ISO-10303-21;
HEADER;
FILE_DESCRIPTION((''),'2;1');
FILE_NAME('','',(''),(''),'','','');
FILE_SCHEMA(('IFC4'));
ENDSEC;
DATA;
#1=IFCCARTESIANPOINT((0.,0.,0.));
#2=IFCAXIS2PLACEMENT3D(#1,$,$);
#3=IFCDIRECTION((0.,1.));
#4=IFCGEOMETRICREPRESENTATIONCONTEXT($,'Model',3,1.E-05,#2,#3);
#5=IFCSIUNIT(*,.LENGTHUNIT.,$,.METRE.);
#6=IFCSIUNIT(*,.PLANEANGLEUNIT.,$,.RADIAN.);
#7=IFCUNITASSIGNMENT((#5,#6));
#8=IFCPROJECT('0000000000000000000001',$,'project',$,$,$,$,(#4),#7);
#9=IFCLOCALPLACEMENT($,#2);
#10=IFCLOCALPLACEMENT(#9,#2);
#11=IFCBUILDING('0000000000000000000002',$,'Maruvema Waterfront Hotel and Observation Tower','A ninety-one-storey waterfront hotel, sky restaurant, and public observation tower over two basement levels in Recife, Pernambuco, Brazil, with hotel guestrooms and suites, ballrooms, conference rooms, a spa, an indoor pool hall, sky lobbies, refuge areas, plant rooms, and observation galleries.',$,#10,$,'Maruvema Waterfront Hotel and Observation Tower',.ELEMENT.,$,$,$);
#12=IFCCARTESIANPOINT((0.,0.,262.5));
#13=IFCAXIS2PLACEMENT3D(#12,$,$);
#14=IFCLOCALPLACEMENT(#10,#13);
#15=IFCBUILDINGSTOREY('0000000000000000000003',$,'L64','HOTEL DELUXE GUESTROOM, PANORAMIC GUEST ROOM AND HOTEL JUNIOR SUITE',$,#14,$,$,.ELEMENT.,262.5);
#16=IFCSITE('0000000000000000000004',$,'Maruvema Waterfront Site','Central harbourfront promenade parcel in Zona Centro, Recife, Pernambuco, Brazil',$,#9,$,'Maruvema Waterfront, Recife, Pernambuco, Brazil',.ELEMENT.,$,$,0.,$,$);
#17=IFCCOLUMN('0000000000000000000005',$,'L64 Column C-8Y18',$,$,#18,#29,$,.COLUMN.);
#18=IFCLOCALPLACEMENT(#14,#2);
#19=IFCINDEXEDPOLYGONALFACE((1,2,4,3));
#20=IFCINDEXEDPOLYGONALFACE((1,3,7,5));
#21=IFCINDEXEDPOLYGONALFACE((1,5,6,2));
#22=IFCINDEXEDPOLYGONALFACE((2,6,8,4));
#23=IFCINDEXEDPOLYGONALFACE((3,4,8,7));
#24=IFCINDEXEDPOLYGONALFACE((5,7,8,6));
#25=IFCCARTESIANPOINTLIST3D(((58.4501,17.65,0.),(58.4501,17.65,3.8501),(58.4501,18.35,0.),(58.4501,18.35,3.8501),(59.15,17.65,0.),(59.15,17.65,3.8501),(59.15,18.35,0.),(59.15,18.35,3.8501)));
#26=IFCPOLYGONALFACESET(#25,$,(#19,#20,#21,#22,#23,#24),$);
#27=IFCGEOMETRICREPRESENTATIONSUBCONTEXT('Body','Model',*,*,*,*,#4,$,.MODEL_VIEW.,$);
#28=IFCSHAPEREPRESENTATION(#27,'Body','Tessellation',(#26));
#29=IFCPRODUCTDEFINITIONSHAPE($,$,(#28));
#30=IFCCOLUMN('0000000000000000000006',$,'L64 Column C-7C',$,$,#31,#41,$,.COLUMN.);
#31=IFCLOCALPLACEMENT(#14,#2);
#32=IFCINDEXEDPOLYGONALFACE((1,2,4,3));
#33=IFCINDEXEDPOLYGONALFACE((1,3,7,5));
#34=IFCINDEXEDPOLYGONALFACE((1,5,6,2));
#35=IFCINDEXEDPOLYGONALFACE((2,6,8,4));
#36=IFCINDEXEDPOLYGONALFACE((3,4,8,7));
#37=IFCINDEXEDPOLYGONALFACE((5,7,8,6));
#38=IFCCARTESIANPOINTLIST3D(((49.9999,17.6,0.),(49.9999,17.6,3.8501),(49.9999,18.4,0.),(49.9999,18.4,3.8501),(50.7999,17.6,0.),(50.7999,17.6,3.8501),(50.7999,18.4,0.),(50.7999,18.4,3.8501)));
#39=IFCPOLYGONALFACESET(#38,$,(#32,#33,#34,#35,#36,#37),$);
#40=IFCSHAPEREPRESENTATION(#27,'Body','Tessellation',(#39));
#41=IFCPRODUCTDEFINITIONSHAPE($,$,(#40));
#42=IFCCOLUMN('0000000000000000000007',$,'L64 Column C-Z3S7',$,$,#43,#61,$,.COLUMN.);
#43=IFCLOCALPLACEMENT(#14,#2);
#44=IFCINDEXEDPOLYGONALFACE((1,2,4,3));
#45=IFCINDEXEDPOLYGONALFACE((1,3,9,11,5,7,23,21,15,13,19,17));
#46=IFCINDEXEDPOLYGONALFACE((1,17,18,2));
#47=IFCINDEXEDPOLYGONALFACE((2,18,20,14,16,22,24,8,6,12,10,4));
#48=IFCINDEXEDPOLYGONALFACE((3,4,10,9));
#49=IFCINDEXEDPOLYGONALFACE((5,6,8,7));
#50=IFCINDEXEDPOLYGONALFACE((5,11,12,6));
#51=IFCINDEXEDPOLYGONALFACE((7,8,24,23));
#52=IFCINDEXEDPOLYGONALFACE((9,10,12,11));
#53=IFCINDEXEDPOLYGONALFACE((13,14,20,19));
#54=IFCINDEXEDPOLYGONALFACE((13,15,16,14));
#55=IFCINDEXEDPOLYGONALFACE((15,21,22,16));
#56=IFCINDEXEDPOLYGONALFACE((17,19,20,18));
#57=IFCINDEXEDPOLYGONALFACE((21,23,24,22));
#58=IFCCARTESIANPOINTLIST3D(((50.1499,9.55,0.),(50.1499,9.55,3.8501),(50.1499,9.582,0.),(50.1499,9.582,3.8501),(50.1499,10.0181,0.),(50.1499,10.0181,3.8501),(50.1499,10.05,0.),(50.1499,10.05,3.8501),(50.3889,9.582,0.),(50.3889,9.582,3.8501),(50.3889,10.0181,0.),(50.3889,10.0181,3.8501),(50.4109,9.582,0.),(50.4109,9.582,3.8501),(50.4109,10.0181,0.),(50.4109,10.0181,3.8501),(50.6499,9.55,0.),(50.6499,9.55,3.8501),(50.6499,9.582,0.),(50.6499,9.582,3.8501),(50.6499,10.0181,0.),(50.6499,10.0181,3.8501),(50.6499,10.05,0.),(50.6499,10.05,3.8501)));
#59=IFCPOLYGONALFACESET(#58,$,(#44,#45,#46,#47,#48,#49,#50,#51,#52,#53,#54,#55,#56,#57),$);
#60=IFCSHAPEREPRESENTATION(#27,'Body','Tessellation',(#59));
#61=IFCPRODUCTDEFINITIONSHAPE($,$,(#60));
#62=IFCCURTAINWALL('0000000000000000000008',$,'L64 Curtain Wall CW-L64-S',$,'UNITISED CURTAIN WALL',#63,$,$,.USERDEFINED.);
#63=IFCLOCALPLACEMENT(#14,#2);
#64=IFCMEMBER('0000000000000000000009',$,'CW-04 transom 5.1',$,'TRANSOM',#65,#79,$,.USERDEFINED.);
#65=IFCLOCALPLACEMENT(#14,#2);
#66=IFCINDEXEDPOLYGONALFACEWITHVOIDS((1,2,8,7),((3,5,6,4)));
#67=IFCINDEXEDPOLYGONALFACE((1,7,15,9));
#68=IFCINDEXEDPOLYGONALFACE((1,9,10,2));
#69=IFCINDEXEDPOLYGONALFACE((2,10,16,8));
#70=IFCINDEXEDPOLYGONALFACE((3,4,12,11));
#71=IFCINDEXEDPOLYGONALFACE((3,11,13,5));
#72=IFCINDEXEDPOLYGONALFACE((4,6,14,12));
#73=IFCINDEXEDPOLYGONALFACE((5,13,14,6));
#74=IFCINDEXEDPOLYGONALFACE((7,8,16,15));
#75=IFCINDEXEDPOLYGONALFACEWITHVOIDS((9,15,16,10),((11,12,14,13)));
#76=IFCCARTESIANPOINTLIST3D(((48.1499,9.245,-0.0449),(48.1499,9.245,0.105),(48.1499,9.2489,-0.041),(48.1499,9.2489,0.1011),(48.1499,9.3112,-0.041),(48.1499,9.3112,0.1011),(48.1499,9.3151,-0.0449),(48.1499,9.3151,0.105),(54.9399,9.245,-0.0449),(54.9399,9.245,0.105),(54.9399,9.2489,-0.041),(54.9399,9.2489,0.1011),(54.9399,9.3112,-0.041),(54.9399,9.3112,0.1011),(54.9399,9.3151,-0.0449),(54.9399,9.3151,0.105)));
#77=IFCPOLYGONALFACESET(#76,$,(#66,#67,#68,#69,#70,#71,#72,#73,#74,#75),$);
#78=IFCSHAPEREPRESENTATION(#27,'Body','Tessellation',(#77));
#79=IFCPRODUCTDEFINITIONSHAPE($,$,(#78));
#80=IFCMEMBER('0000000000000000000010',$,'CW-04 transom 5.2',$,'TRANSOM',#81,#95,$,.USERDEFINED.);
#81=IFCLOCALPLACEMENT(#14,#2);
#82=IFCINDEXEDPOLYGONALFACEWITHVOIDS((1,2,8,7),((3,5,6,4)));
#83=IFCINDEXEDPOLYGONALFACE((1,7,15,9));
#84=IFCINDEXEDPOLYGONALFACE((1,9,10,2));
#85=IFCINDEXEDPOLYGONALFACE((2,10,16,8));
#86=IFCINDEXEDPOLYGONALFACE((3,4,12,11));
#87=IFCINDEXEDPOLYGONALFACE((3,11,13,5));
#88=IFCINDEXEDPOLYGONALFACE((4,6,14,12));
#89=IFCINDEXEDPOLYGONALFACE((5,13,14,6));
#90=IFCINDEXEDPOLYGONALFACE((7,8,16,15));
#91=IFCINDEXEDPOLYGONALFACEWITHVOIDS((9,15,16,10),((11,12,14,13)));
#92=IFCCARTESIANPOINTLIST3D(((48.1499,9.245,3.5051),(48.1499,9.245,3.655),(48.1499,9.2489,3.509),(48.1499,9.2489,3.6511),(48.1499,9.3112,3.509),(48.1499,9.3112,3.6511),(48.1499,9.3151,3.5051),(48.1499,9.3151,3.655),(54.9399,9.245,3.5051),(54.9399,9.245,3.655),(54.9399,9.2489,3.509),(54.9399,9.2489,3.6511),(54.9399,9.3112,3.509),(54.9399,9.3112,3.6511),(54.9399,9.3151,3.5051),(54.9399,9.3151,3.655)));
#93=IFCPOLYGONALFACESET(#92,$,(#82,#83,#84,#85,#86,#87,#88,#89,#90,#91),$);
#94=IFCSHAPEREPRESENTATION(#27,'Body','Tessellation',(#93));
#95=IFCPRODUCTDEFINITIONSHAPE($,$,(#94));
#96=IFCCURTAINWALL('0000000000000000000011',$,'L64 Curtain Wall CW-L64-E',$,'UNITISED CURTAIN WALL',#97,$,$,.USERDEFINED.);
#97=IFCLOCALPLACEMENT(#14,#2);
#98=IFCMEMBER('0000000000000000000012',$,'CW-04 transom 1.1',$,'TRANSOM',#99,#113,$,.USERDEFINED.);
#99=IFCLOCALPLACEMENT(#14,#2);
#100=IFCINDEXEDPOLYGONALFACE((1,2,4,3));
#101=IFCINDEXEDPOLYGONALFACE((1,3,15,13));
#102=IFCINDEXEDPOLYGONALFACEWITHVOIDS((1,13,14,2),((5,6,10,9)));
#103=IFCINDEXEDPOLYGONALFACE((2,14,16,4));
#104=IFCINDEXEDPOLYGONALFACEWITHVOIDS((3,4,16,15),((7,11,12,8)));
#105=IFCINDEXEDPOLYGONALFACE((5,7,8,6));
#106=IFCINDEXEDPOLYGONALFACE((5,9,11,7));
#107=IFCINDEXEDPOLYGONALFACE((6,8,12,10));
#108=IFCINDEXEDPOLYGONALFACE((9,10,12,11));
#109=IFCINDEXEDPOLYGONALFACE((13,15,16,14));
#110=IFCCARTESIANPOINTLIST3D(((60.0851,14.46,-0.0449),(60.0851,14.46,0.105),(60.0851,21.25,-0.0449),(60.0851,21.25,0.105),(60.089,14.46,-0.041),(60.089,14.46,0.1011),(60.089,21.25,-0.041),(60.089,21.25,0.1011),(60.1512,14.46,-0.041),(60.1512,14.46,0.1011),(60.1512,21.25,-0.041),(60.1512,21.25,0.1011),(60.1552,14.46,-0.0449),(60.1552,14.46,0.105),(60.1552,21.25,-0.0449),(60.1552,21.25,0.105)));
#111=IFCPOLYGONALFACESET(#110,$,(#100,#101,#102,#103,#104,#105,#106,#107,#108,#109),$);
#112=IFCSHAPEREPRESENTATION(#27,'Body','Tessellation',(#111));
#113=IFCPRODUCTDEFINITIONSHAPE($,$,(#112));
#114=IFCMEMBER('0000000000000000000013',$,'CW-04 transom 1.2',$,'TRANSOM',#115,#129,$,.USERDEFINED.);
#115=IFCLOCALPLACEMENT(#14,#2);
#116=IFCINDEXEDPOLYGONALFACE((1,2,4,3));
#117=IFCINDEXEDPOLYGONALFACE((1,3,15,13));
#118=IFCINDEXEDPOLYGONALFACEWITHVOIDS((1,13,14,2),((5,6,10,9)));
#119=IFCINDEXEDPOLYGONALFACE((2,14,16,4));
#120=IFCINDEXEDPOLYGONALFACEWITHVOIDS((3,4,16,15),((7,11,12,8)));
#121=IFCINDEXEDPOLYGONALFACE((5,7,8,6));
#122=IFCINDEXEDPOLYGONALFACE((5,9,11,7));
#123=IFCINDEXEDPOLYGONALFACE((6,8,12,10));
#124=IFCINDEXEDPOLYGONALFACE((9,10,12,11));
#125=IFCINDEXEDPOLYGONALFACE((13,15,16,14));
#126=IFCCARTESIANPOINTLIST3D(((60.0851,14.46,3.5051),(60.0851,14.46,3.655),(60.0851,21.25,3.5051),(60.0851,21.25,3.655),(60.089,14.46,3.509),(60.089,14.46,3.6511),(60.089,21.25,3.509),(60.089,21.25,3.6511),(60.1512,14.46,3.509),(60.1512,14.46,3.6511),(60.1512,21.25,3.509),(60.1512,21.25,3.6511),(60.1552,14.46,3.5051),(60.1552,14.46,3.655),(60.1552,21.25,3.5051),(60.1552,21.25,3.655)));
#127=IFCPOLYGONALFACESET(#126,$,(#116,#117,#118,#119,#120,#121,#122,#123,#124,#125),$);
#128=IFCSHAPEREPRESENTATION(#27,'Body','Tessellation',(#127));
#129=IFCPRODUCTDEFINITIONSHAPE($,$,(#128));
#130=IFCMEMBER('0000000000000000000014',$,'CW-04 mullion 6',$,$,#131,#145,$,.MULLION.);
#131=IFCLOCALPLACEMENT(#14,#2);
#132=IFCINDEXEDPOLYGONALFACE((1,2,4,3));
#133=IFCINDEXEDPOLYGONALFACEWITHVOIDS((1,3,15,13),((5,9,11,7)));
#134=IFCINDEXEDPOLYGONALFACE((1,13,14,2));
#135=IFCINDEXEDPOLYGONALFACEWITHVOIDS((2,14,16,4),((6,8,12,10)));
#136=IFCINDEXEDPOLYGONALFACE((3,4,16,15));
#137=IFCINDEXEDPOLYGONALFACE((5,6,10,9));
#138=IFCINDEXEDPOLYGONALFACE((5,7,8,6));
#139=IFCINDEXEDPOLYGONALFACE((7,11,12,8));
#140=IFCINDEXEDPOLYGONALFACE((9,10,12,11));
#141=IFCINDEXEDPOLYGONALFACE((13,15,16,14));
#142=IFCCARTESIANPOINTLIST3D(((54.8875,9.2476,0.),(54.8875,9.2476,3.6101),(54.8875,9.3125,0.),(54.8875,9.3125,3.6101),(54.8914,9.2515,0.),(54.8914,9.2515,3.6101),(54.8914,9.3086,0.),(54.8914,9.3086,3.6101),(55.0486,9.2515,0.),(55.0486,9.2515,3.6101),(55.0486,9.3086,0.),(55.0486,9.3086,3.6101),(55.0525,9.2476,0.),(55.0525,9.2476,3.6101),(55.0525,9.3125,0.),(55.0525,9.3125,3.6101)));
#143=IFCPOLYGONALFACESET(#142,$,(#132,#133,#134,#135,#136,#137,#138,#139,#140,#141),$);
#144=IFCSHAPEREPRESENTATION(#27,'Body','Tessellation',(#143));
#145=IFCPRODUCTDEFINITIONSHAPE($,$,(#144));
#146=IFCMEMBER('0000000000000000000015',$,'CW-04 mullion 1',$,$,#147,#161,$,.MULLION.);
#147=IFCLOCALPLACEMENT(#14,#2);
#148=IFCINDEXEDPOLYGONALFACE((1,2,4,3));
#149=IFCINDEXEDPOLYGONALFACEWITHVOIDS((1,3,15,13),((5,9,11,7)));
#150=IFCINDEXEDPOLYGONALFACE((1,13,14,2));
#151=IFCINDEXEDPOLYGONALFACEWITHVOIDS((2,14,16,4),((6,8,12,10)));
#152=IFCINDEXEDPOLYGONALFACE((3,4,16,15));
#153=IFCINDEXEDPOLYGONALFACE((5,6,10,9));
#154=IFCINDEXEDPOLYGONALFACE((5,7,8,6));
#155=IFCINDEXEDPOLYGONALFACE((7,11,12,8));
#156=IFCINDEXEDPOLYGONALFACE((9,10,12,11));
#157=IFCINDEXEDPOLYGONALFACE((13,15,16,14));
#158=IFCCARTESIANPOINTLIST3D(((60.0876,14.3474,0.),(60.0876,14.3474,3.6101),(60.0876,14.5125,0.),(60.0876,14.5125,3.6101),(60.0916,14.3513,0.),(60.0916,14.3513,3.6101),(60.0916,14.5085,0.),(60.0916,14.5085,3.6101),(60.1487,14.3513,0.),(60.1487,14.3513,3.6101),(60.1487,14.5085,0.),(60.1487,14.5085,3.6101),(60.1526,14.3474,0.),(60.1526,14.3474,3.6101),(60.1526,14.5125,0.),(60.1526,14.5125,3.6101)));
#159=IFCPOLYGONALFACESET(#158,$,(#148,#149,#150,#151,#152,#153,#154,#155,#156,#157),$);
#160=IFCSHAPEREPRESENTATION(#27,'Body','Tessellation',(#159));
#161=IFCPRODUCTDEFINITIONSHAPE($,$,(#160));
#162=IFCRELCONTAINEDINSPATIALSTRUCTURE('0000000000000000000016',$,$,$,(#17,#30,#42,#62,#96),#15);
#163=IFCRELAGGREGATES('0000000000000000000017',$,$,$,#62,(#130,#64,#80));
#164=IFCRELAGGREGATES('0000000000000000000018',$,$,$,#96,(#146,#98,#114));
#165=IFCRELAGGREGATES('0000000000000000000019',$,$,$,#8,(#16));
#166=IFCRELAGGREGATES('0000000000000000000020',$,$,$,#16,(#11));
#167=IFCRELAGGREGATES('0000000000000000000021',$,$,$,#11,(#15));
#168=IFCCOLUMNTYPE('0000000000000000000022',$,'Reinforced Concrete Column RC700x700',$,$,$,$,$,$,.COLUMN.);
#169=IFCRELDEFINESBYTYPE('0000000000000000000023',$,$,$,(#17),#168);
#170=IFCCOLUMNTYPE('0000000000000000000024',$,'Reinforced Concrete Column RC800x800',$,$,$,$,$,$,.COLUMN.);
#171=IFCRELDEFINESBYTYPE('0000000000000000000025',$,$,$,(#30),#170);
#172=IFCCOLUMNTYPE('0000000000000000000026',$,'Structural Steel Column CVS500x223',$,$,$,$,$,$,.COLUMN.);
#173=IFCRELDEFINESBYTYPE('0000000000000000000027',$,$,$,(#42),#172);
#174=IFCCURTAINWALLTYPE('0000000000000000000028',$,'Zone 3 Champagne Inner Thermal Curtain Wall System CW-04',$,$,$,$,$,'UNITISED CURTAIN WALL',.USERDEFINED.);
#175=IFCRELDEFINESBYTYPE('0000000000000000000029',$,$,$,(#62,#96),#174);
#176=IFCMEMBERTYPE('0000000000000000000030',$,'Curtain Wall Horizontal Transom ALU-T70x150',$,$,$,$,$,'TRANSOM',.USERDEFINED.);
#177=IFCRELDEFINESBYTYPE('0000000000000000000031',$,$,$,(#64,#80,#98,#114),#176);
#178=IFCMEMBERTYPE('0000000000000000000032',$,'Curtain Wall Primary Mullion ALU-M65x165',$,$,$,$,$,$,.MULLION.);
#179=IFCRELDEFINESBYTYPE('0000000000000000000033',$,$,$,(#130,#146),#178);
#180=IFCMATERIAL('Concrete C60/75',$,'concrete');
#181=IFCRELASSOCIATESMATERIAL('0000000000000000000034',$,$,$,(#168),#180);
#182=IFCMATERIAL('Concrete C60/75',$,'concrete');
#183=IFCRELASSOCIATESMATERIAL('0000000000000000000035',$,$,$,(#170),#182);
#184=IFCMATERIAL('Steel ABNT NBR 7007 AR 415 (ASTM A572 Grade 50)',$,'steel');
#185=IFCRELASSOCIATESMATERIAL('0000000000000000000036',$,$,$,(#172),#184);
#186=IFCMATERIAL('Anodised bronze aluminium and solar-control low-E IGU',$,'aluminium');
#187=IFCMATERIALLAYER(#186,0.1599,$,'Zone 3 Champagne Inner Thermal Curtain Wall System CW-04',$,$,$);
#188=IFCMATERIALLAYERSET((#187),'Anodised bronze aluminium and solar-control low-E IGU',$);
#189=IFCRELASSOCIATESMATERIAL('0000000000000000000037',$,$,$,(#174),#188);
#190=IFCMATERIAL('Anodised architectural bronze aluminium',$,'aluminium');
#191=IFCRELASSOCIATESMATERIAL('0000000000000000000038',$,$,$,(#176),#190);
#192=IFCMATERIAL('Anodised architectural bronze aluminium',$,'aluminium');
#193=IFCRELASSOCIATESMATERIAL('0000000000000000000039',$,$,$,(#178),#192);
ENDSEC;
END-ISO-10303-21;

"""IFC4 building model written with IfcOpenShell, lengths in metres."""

from ifc_helpers import new_model, si_unit, direction, frame, origin, origin_2d, place, context, subcontext, project, spatial, rectangle, hollow_rectangle, i_section, extrude, material, layer, layer_set, material_profile, profile_set, type_object, element, aggregate, save


model = new_model("IFC4")

# Units and contexts
model_context = context("Model", 3, precision=1e-05, world=origin(), true_north=direction((0.0, 1.0)))
body_context = subcontext(model_context, "Body", "Model", "MODEL_VIEW")
ifc_project = project(units=[si_unit("LENGTHUNIT", "METRE"), si_unit("PLANEANGLEUNIT", "RADIAN")], contexts=[model_context])

# Site, building, storey
site_placement = place(None, origin())
site = spatial("IfcSite", under=ifc_project, at=site_placement, Name="Maruvema Waterfront Site", Description="Central harbourfront promenade parcel in Zona Centro, Recife, Pernambuco, Brazil", LongName="Maruvema Waterfront, Recife, Pernambuco, Brazil", CompositionType="ELEMENT", RefElevation=0.0)
building_placement = place(site_placement, origin())
building = spatial("IfcBuilding", under=site, at=building_placement, Name="Maruvema Waterfront Hotel and Observation Tower", Description="A ninety-one-storey waterfront hotel, sky restaurant, and public observation tower over two basement levels in Recife, Pernambuco, Brazil, with hotel guestrooms and suites, ballrooms, conference rooms, a spa, an indoor pool hall, sky lobbies, refuge areas, plant rooms, and observation galleries.", LongName="Maruvema Waterfront Hotel and Observation Tower", CompositionType="ELEMENT")
storey_placement = place(building_placement, frame((0.0, 0.0, 262.5)))
storey = spatial("IfcBuildingStorey", under=building, at=storey_placement, Name="L64", Description="HOTEL DELUXE GUESTROOM, PANORAMIC GUEST ROOM AND HOTEL JUNIOR SUITE", CompositionType="ELEMENT", Elevation=262.5)

# Columns
ifc_material_1 = material(Name="Concrete C60/75", Category="concrete")
ifc_material_profile_1 = material_profile(ifc_material_1, rectangle(XDim=0.7, YDim=0.7, at=origin_2d()), Name="RC700x700")
ifc_profile_set_1 = profile_set([ifc_material_profile_1], Name="Concrete C60/75")
column_type_1 = type_object("IfcColumnType", Name="Reinforced Concrete Column RC700x700", PredefinedType="COLUMN", material=ifc_profile_set_1)
column_1_placement = place(storey_placement, frame((58.8, 18.0, 0.0), z_axis=(0.0, 0.0, 1.0), x_axis=(1.0, 0.0, 0.0)))
element("IfcColumn", 1, at=column_1_placement, inside=storey, type_object=column_type_1, Name="L64 Column C-8Y18", PredefinedType="COLUMN", context=body_context, shape_type="SweptSolid", body=[
    extrude(rectangle(XDim=0.7, YDim=0.7, at=origin_2d()), origin(), (0.0, 0.0, 1.0), 3.8501),
])
ifc_material_2 = material(Name="Concrete C60/75", Category="concrete")
ifc_material_profile_2 = material_profile(ifc_material_2, rectangle(XDim=0.8, YDim=0.8, at=origin_2d()), Name="RC800x800")
ifc_profile_set_2 = profile_set([ifc_material_profile_2], Name="Concrete C60/75")
column_type_2 = type_object("IfcColumnType", Name="Reinforced Concrete Column RC800x800", PredefinedType="COLUMN", material=ifc_profile_set_2)
column_2_placement = place(storey_placement, frame((50.3999, 18.0, 0.0), z_axis=(0.0, 0.0, 1.0), x_axis=(1.0, 0.0, 0.0)))
element("IfcColumn", 2, at=column_2_placement, inside=storey, type_object=column_type_2, Name="L64 Column C-7C", PredefinedType="COLUMN", context=body_context, shape_type="SweptSolid", body=[
    extrude(rectangle(XDim=0.8, YDim=0.8, at=origin_2d()), origin(), (0.0, 0.0, 1.0), 3.8501),
])
ifc_material_3 = material(Name="Steel ABNT NBR 7007 AR 415 (ASTM A572 Grade 50)", Category="steel")
ifc_material_profile_3 = material_profile(ifc_material_3, i_section(OverallWidth=0.5, OverallDepth=0.5, WebThickness=0.022, FlangeThickness=0.032, at=origin_2d()), Name="CVS500x223")
ifc_profile_set_3 = profile_set([ifc_material_profile_3], Name="Steel ABNT NBR 7007 AR 415 (ASTM A572 Grade 50)")
column_type_3 = type_object("IfcColumnType", Name="Structural Steel Column CVS500x223", PredefinedType="COLUMN", material=ifc_profile_set_3)
column_3_placement = place(storey_placement, frame((50.3999, 9.8, 0.0), z_axis=(0.0, 0.0, 1.0), x_axis=(1.0, 0.0, 0.0)))
element("IfcColumn", 3, at=column_3_placement, inside=storey, type_object=column_type_3, Name="L64 Column C-Z3S7", PredefinedType="COLUMN", context=body_context, shape_type="SweptSolid", body=[
    extrude(i_section(OverallWidth=0.5, OverallDepth=0.5, WebThickness=0.022, FlangeThickness=0.032, at=origin_2d()), origin(), (0.0, 0.0, 1.0), 3.8501),
])

# Curtain walls, members
ifc_material_4 = material(Name="Anodised bronze aluminium and solar-control low-E IGU", Category="aluminium")
ifc_layer_1 = layer(ifc_material_4, 0.1599, Name="Zone 3 Champagne Inner Thermal Curtain Wall System CW-04")
ifc_layer_set_1 = layer_set([ifc_layer_1], Name="Anodised bronze aluminium and solar-control low-E IGU")
curtain_wall_type = type_object("IfcCurtainWallType", Name="Zone 3 Champagne Inner Thermal Curtain Wall System CW-04", ElementType="UNITISED CURTAIN WALL", PredefinedType="USERDEFINED", material=ifc_layer_set_1)
curtain_wall_1_placement = place(storey_placement, origin())
curtain_wall_1 = element("IfcCurtainWall", 4, at=curtain_wall_1_placement, inside=storey, type_object=curtain_wall_type, Name="L64 Curtain Wall CW-L64-S", ObjectType="UNITISED CURTAIN WALL", PredefinedType="USERDEFINED")
ifc_material_5 = material(Name="Anodised architectural bronze aluminium", Category="aluminium")
ifc_material_profile_4 = material_profile(ifc_material_5, hollow_rectangle(XDim=0.0701, YDim=0.1499, WallThickness=0.0039, at=origin_2d()), Name="ALU-T70x150")
ifc_profile_set_4 = profile_set([ifc_material_profile_4], Name="Anodised architectural bronze aluminium")
member_type_1 = type_object("IfcMemberType", Name="Curtain Wall Horizontal Transom ALU-T70x150", ElementType="TRANSOM", PredefinedType="USERDEFINED", material=ifc_profile_set_4)
member_1_placement = place(storey_placement, frame((48.1499, 9.28, 0.03), z_axis=(1.0, 0.0, 0.0), x_axis=(0.0, 1.0, 0.0)))
member_1 = element("IfcMember", 5, at=member_1_placement, type_object=member_type_1, Name="CW-04 transom 5.1", ObjectType="TRANSOM", PredefinedType="USERDEFINED", context=body_context, shape_type="SweptSolid", body=[
    extrude(hollow_rectangle(XDim=0.0701, YDim=0.1499, WallThickness=0.0039, at=origin_2d()), origin(), (0.0, 0.0, 1.0), 6.79),
])
member_2_placement = place(storey_placement, frame((48.1499, 9.28, 3.5801), z_axis=(1.0, 0.0, 0.0), x_axis=(0.0, 1.0, 0.0)))
member_2 = element("IfcMember", 6, at=member_2_placement, type_object=member_type_1, Name="CW-04 transom 5.2", ObjectType="TRANSOM", PredefinedType="USERDEFINED", context=body_context, shape_type="SweptSolid", body=[
    extrude(hollow_rectangle(XDim=0.0701, YDim=0.1499, WallThickness=0.0039, at=origin_2d()), origin(), (0.0, 0.0, 1.0), 6.79),
])
curtain_wall_2_placement = place(storey_placement, origin())
curtain_wall_2 = element("IfcCurtainWall", 7, at=curtain_wall_2_placement, inside=storey, type_object=curtain_wall_type, Name="L64 Curtain Wall CW-L64-E", ObjectType="UNITISED CURTAIN WALL", PredefinedType="USERDEFINED")
member_3_placement = place(storey_placement, frame((60.1201, 14.46, 0.03), z_axis=(0.0, 1.0, 0.0), x_axis=(-1.0, 0.0, 0.0)))
member_3 = element("IfcMember", 8, at=member_3_placement, type_object=member_type_1, Name="CW-04 transom 1.1", ObjectType="TRANSOM", PredefinedType="USERDEFINED", context=body_context, shape_type="SweptSolid", body=[
    extrude(hollow_rectangle(XDim=0.0701, YDim=0.1499, WallThickness=0.0039, at=origin_2d()), origin(), (0.0, 0.0, 1.0), 6.79),
])
member_4_placement = place(storey_placement, frame((60.1201, 14.46, 3.5801), z_axis=(0.0, 1.0, 0.0), x_axis=(-1.0, 0.0, 0.0)))
member_4 = element("IfcMember", 9, at=member_4_placement, type_object=member_type_1, Name="CW-04 transom 1.2", ObjectType="TRANSOM", PredefinedType="USERDEFINED", context=body_context, shape_type="SweptSolid", body=[
    extrude(hollow_rectangle(XDim=0.0701, YDim=0.1499, WallThickness=0.0039, at=origin_2d()), origin(), (0.0, 0.0, 1.0), 6.79),
])

# Members
ifc_material_6 = material(Name="Anodised architectural bronze aluminium", Category="aluminium")
ifc_material_profile_5 = material_profile(ifc_material_6, hollow_rectangle(XDim=0.0649, YDim=0.165, WallThickness=0.0039, at=origin_2d()), Name="ALU-M65x165")
ifc_profile_set_5 = profile_set([ifc_material_profile_5], Name="Anodised architectural bronze aluminium")
member_type_2 = type_object("IfcMemberType", Name="Curtain Wall Primary Mullion ALU-M65x165", PredefinedType="MULLION", material=ifc_profile_set_5)
member_5_placement = place(storey_placement, frame((54.97, 9.28, 0.0), z_axis=(0.0, 0.0, 1.0), x_axis=(0.0, 1.0, 0.0)))
member_5 = element("IfcMember", 10, at=member_5_placement, type_object=member_type_2, Name="CW-04 mullion 6", PredefinedType="MULLION", context=body_context, shape_type="SweptSolid", body=[
    extrude(hollow_rectangle(XDim=0.0649, YDim=0.165, WallThickness=0.0039, at=origin_2d()), origin(), (0.0, 0.0, 1.0), 3.6101),
])
member_6_placement = place(storey_placement, frame((60.1201, 14.4299, 0.0), z_axis=(0.0, 0.0, 1.0), x_axis=(-1.0, 0.0, 0.0)))
member_6 = element("IfcMember", 11, at=member_6_placement, type_object=member_type_2, Name="CW-04 mullion 1", PredefinedType="MULLION", context=body_context, shape_type="SweptSolid", body=[
    extrude(hollow_rectangle(XDim=0.0649, YDim=0.165, WallThickness=0.0039, at=origin_2d()), origin(), (0.0, 0.0, 1.0), 3.6101),
])

aggregate(curtain_wall_1, [member_5, member_1, member_2])
aggregate(curtain_wall_2, [member_6, member_3, member_4])

save(model, "model.ifc")
